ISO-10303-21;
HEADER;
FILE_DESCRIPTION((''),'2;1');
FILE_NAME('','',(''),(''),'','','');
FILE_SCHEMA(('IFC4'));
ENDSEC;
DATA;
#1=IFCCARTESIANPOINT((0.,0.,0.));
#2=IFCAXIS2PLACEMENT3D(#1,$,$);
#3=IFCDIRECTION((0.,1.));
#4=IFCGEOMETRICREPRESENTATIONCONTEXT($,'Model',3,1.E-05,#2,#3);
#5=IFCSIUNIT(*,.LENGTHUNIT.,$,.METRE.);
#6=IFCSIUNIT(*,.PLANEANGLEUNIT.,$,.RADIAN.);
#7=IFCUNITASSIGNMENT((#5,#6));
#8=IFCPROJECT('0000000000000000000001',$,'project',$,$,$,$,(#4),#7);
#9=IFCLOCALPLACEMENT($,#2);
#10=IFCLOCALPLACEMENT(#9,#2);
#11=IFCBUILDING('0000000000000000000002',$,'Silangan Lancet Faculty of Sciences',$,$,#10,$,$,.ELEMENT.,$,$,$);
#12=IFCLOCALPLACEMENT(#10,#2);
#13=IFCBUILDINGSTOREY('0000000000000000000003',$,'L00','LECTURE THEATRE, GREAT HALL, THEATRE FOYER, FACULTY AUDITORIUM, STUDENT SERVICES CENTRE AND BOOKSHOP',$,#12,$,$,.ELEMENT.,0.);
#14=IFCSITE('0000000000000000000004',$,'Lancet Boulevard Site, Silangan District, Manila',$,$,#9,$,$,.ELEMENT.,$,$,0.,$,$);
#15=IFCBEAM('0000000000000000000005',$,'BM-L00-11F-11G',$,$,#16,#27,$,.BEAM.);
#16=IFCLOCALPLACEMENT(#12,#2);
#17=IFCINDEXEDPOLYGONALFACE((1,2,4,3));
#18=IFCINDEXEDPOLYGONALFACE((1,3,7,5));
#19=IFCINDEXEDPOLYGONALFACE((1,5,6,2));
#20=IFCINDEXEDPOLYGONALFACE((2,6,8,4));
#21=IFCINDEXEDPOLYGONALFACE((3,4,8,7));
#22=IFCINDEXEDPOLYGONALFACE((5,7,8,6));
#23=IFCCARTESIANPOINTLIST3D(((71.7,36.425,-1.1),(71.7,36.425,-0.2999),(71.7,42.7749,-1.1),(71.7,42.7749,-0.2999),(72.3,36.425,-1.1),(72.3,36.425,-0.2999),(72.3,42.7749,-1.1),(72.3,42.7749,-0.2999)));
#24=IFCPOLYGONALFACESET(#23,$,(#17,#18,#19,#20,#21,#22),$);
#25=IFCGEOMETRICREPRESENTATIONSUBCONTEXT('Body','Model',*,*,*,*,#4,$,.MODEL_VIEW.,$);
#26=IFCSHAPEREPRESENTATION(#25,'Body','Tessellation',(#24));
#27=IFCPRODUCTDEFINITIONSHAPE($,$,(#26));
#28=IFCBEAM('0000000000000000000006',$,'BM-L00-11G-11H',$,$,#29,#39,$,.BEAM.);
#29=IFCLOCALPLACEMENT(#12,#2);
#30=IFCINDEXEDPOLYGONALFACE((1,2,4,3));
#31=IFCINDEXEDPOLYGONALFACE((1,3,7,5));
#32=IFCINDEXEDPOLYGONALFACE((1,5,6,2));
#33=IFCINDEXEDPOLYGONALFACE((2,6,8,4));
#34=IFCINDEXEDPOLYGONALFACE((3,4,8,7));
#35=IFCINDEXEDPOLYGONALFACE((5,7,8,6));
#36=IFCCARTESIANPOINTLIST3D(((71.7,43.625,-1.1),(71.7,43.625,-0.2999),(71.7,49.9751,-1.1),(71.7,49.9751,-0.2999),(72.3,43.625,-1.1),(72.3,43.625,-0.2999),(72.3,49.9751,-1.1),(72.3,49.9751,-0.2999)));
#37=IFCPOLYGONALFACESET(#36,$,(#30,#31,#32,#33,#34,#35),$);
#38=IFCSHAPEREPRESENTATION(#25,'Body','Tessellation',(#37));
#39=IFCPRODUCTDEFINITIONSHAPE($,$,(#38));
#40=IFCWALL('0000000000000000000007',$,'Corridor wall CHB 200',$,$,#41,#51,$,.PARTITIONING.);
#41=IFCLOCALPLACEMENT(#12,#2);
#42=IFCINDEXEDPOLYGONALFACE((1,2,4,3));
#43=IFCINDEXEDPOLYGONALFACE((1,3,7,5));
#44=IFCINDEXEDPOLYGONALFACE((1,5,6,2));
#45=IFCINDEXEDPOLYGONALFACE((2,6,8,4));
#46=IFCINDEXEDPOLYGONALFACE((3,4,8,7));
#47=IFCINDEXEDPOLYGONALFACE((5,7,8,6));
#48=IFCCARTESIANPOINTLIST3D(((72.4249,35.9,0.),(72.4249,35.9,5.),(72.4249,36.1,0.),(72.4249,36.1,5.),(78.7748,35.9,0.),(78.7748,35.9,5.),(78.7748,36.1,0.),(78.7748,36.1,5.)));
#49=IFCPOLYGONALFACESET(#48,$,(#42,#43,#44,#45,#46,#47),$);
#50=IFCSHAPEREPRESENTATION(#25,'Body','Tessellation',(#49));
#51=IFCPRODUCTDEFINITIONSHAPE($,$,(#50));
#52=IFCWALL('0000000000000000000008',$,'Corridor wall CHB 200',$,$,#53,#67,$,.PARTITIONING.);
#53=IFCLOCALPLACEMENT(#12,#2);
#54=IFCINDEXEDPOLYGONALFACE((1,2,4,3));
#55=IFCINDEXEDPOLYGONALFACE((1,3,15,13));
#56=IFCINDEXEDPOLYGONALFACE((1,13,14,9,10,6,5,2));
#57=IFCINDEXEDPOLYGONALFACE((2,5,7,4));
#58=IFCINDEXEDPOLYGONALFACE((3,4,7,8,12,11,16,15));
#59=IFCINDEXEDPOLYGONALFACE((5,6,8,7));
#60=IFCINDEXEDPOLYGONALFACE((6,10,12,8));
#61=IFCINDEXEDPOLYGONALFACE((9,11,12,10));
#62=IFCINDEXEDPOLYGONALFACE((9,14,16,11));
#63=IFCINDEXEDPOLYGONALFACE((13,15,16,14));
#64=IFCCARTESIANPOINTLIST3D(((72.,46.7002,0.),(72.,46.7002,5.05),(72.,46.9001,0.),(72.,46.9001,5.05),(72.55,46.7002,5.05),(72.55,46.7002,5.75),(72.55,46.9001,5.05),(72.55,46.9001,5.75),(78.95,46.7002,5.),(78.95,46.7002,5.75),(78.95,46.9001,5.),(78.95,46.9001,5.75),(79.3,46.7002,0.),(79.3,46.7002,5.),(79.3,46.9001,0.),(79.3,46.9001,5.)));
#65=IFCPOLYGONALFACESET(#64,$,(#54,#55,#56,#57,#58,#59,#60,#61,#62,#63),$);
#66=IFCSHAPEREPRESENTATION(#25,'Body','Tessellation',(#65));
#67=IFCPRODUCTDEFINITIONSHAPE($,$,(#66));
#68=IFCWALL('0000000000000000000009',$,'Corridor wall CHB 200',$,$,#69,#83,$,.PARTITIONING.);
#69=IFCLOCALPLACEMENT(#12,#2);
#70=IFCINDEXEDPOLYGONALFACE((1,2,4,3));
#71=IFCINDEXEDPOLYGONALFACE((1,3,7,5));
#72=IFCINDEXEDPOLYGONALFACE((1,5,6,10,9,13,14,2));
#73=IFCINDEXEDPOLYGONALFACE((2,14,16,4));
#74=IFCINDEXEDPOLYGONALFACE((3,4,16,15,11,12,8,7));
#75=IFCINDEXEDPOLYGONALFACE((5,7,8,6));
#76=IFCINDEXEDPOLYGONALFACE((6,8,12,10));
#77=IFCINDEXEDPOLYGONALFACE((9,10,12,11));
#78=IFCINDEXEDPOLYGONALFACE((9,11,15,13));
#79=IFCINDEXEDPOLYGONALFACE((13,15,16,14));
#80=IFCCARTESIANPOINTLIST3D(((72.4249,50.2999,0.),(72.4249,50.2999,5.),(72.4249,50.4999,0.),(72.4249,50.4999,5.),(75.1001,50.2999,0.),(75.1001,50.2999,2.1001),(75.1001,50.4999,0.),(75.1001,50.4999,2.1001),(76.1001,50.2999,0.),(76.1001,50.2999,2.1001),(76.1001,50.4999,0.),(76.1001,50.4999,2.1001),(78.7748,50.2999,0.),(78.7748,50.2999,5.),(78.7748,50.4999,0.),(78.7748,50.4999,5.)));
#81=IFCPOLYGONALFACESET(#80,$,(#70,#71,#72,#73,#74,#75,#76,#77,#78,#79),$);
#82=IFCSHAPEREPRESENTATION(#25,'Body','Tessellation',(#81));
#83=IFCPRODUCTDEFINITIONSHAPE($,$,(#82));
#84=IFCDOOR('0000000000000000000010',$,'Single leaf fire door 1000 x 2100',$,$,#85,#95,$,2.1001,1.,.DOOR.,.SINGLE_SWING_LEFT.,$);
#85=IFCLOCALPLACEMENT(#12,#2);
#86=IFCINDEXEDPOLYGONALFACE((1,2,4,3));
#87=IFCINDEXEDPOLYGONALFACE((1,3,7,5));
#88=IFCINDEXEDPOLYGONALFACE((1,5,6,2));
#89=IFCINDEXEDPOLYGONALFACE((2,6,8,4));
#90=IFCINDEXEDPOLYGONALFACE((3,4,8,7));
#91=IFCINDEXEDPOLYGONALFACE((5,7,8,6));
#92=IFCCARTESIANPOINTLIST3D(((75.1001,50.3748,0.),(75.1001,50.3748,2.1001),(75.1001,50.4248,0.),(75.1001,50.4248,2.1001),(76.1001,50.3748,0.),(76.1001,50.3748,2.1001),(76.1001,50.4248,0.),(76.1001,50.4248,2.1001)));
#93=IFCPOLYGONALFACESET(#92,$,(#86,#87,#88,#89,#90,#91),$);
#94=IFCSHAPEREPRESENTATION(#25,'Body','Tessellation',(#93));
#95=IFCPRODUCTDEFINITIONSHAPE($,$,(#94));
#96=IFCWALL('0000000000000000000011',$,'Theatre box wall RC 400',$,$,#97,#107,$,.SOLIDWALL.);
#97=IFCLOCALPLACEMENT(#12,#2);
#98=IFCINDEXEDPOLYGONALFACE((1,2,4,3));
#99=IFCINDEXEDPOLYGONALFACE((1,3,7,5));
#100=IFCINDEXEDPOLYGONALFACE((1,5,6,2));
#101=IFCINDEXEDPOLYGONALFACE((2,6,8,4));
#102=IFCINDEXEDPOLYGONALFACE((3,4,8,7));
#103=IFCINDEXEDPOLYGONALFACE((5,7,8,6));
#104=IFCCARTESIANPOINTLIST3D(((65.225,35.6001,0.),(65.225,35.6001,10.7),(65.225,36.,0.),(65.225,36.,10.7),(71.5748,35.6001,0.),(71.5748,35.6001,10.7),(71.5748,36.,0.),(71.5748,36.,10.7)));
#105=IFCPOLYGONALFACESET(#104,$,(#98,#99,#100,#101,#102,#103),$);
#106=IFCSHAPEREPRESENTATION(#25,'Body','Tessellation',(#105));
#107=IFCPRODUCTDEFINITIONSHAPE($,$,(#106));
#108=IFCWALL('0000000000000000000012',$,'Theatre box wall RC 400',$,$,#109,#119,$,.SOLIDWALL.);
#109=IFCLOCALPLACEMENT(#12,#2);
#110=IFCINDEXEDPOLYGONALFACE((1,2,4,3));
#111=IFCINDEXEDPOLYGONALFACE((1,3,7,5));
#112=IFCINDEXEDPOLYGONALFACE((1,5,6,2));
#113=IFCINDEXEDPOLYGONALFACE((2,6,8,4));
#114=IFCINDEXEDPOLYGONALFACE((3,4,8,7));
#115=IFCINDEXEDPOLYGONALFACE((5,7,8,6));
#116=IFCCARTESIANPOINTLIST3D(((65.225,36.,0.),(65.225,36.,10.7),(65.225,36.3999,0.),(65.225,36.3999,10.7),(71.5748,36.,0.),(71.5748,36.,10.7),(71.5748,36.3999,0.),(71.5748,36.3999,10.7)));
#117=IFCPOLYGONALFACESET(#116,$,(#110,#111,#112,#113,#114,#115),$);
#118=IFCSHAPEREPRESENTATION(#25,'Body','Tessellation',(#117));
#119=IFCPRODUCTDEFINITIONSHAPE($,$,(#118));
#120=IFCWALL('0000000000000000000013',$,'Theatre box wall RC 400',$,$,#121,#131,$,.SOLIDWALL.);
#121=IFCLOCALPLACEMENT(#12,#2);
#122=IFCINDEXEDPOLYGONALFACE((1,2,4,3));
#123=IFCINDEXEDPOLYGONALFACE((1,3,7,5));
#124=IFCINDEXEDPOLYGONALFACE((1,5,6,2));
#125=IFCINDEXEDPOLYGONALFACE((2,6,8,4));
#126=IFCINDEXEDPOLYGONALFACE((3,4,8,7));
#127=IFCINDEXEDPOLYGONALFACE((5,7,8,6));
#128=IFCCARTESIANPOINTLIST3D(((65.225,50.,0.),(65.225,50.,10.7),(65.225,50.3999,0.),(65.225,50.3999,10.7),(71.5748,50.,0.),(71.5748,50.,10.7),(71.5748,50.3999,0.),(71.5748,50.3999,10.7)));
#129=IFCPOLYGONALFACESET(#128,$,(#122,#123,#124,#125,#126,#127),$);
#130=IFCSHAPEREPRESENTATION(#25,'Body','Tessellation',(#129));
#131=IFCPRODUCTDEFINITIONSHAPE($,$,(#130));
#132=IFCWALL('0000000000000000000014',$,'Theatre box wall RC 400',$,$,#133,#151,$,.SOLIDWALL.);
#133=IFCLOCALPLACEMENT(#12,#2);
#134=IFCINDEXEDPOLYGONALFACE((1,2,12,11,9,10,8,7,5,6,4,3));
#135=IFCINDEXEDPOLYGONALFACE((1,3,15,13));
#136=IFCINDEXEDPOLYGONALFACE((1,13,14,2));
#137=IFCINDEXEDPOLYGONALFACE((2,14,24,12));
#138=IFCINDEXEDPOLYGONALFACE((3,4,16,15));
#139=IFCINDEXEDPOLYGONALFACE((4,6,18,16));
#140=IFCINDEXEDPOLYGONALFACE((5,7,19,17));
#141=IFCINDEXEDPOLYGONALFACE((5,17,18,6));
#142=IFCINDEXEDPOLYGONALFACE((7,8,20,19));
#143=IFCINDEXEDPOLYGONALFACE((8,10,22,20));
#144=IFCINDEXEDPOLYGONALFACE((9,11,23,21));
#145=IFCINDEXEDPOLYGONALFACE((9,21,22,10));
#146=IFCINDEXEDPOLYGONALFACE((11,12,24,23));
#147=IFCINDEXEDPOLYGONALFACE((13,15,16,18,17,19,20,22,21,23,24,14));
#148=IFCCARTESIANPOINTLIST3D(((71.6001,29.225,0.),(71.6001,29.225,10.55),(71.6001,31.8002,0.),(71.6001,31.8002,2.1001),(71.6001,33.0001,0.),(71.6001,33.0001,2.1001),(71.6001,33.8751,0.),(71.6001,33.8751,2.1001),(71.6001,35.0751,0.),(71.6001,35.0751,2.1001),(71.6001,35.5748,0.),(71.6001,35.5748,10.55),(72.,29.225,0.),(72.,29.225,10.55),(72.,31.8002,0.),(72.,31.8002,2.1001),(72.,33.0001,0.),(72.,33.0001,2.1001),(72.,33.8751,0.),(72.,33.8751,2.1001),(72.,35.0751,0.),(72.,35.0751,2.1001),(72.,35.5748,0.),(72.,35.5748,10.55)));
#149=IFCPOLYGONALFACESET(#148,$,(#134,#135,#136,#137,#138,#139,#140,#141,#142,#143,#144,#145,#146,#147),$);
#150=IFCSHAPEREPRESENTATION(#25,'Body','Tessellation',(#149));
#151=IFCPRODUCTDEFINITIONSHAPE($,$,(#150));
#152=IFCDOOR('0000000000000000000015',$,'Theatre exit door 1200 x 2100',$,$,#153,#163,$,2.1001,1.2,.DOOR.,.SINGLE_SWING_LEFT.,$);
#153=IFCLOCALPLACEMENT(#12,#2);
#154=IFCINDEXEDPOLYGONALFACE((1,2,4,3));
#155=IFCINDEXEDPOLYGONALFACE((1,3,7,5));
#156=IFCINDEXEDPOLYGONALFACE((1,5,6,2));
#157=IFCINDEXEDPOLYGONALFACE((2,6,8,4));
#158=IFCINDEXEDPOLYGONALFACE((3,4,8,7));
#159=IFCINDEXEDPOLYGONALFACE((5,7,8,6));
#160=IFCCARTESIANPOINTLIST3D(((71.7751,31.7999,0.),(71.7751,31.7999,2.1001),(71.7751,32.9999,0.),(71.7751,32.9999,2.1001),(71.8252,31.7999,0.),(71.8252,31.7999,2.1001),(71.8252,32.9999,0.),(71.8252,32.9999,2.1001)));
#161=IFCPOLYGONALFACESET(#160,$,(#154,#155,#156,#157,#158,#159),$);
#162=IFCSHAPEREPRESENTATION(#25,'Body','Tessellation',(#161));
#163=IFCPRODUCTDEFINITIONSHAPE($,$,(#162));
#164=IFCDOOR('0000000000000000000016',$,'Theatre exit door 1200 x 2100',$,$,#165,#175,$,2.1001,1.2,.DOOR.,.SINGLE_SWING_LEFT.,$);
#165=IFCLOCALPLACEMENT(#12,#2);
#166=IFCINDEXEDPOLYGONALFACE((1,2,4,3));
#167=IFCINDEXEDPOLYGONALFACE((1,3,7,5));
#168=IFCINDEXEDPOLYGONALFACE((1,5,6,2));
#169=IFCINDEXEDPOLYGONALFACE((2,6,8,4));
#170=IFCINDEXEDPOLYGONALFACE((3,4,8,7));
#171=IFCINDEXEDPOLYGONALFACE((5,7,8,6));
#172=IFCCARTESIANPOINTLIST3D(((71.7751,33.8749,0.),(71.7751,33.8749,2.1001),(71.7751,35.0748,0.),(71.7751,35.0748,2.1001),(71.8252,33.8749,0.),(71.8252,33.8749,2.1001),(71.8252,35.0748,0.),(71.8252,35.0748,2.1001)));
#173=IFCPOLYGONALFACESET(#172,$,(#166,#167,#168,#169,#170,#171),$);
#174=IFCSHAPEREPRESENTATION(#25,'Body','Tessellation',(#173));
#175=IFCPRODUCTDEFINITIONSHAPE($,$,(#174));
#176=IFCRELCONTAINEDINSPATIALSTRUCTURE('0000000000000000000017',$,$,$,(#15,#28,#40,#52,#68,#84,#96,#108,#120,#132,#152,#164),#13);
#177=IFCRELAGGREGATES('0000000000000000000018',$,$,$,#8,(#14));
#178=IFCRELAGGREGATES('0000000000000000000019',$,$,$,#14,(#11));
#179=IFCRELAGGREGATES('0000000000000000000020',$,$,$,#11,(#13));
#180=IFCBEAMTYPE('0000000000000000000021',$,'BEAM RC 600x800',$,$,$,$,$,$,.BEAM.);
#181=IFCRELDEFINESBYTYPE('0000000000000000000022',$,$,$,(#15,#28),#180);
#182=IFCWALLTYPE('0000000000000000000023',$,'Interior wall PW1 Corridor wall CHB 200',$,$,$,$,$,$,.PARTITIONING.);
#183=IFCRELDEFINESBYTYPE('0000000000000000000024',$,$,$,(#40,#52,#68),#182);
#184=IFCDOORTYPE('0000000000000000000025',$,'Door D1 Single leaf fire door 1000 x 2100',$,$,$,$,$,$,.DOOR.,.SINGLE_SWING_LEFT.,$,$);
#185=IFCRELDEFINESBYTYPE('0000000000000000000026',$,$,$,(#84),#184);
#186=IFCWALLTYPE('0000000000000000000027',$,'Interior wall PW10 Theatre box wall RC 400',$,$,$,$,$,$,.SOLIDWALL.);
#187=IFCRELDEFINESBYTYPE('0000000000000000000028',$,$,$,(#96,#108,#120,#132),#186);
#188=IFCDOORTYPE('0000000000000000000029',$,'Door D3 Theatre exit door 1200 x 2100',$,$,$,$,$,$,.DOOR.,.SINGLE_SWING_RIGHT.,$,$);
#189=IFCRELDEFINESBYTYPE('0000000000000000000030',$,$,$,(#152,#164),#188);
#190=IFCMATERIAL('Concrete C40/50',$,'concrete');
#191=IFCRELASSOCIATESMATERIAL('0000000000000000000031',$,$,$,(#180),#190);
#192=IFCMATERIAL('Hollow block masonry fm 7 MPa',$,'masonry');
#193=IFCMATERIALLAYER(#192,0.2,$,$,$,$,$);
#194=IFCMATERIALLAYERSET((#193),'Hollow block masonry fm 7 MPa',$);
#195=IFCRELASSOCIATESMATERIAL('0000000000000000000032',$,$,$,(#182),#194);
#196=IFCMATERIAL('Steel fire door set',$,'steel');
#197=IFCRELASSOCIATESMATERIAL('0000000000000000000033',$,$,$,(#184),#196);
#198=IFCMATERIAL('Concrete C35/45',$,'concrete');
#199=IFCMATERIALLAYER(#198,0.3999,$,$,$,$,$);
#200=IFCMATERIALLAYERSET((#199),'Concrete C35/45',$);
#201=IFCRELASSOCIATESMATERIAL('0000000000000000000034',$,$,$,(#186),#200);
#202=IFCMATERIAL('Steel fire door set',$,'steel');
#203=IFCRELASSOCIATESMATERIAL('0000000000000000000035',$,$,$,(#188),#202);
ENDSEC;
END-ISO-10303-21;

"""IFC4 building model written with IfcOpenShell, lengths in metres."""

from ifc_helpers import new_model, si_unit, direction, frame, frame_2d, origin, origin_2d, place, context, subcontext, project, spatial, polyline, rectangle, outline, extrude, material, layer, layer_set, material_profile, profile_set, type_object, element, fill, save


model = new_model("IFC4")

# Units and contexts
model_context = context("Model", 3, precision=1e-05, world=origin(), true_north=direction((0.0, 1.0)))
body_context = subcontext(model_context, "Body", "Model", "MODEL_VIEW")
ifc_project = project(units=[si_unit("LENGTHUNIT", "METRE"), si_unit("PLANEANGLEUNIT", "RADIAN")], contexts=[model_context])

# Site, building, storey
site_placement = place(None, origin())
site = spatial("IfcSite", under=ifc_project, at=site_placement, Name="Lancet Boulevard Site, Silangan District, Manila", CompositionType="ELEMENT", RefElevation=0.0)
building_placement = place(site_placement, origin())
building = spatial("IfcBuilding", under=site, at=building_placement, Name="Silangan Lancet Faculty of Sciences", CompositionType="ELEMENT")
storey_placement = place(building_placement, origin())
storey = spatial("IfcBuildingStorey", under=building, at=storey_placement, Name="L00", Description="LECTURE THEATRE, GREAT HALL, THEATRE FOYER, FACULTY AUDITORIUM, STUDENT SERVICES CENTRE AND BOOKSHOP", CompositionType="ELEMENT", Elevation=0.0)

# Beams
ifc_material_1 = material(Name="Concrete C40/50", Category="concrete")
ifc_material_profile_1 = material_profile(ifc_material_1, rectangle(XDim=0.6001, YDim=0.8, at=origin_2d()), Name="RC 600x800")
ifc_profile_set_1 = profile_set([ifc_material_profile_1], Name="Concrete C40/50")
beam_type = type_object("IfcBeamType", Name="BEAM RC 600x800", PredefinedType="BEAM", material=ifc_profile_set_1)
for number, where, z_axis, x_axis, name in (
    (1, (72.0, 36.425, -0.7), (0.0, 1.0, 0.0), (-1.0, 0.0, 0.0), "BM-L00-11F-11G"),
):
    element("IfcBeam", number, at=place(storey_placement, frame(where, z_axis=z_axis, x_axis=x_axis)), inside=storey, type_object=beam_type, Name=name, PredefinedType="BEAM", context=body_context, shape_type="SweptSolid", body=[
        extrude(rectangle(XDim=0.6001, YDim=0.8, at=origin_2d()), origin(), (0.0, 0.0, 1.0), 6.3499),
    ])
beam_placement = place(storey_placement, frame((72.0, 43.625, -0.7), z_axis=(0.0, 1.0, 0.0), x_axis=(-1.0, 0.0, 0.0)))
element("IfcBeam", 2, at=beam_placement, inside=storey, type_object=beam_type, Name="BM-L00-11G-11H", PredefinedType="BEAM", context=body_context, shape_type="SweptSolid", body=[
    extrude(rectangle(XDim=0.6001, YDim=0.8, at=origin_2d()), origin(), (0.0, 0.0, 1.0), 6.3501),
])

# Walls
ifc_material_2 = material(Name="Hollow block masonry fm 7 MPa", Category="masonry")
ifc_layer_1 = layer(ifc_material_2, 0.2)
ifc_layer_set_1 = layer_set([ifc_layer_1], Name="Hollow block masonry fm 7 MPa")
wall_type_1 = type_object("IfcWallType", Name="Interior wall PW1 Corridor wall CHB 200", PredefinedType="PARTITIONING", material=ifc_layer_set_1)
wall_1_placement = place(storey_placement, frame((72.425, 36.0, 0.0), z_axis=(0.0, 0.0, 1.0), x_axis=(1.0, 0.0, 0.0)))
element("IfcWall", 3, at=wall_1_placement, inside=storey, type_object=wall_type_1, Name="Corridor wall CHB 200", PredefinedType="PARTITIONING", context=body_context, shape_type="SweptSolid", body=[
    extrude(rectangle(XDim=6.3499, YDim=0.2, at=frame_2d((3.1748, 0.0))), origin(), (0.0, 0.0, 1.0), 5.0),
])
wall_2_placement = place(storey_placement, frame((72.0, 46.8, 0.0), z_axis=(0.0, 0.0, 1.0), x_axis=(1.0, 0.0, 0.0)))
element("IfcWall", 4, at=wall_2_placement, inside=storey, type_object=wall_type_1, Name="Corridor wall CHB 200", PredefinedType="PARTITIONING", context=body_context, shape_type="SweptSolid", body=[
    extrude(outline(polyline([(0.0, 0.0), (7.3, 0.0), (7.3, 5.0), (6.95, 5.0), (6.95, 5.75), (0.55, 5.75), (0.55, 5.05), (0.0, 5.05), (0.0, 0.0)])), frame((0.0, 0.1001, 0.0), z_axis=(0.0, -1.0, 0.0), x_axis=(1.0, 0.0, 0.0)), (0.0, 0.0, 1.0), 0.2),
])

# Wall, opening, door
wall_3_placement = place(storey_placement, frame((72.425, 50.3999, 0.0), z_axis=(0.0, 0.0, 1.0), x_axis=(1.0, 0.0, 0.0)))
wall_3 = element("IfcWall", 5, at=wall_3_placement, inside=storey, type_object=wall_type_1, Name="Corridor wall CHB 200", PredefinedType="PARTITIONING", context=body_context, shape_type="SweptSolid", body=[
    extrude(rectangle(XDim=6.3499, YDim=0.2, at=frame_2d((3.1748, 0.0))), origin(), (0.0, 0.0, 1.0), 5.0),
])
opening_1_placement = place(wall_3_placement, frame((2.675, 0.0, 0.0)))
opening_1 = element("IfcOpeningElement", 6, at=opening_1_placement, cuts=wall_3, PredefinedType="OPENING", context=body_context, shape_type="SweptSolid", body=[
    extrude(rectangle(XDim=1.0, YDim=2.1001, at=frame_2d((0.5, 1.05))), frame((0.0, 0.1099, 0.0), z_axis=(0.0, -1.0, 0.0), x_axis=(1.0, 0.0, 0.0)), (0.0, 0.0, 1.0), 0.22),
])
ifc_material_3 = material(Name="Steel fire door set", Category="steel")
door_type_1 = type_object("IfcDoorType", Name="Door D1 Single leaf fire door 1000 x 2100", OperationType="SINGLE_SWING_LEFT", PredefinedType="DOOR", material=ifc_material_3)
door_1_placement = place(opening_1_placement, origin())
door_1 = element("IfcDoor", 7, at=door_1_placement, inside=storey, type_object=door_type_1, Name="Single leaf fire door 1000 x 2100", OperationType="SINGLE_SWING_LEFT", OverallHeight=2.1001, OverallWidth=1.0, PredefinedType="DOOR", context=body_context, shape_type="SweptSolid", body=[
    extrude(rectangle(XDim=1.0, YDim=2.1001, at=frame_2d((0.5, 1.05))), frame((0.0, 0.0249, 0.0), z_axis=(0.0, -1.0, 0.0), x_axis=(1.0, 0.0, 0.0)), (0.0, 0.0, 1.0), 0.05),
])
fill(opening_1, door_1)

# Walls
ifc_material_4 = material(Name="Concrete C35/45", Category="concrete")
ifc_layer_2 = layer(ifc_material_4, 0.3999)
ifc_layer_set_2 = layer_set([ifc_layer_2], Name="Concrete C35/45")
wall_type_2 = type_object("IfcWallType", Name="Interior wall PW10 Theatre box wall RC 400", PredefinedType="SOLIDWALL", material=ifc_layer_set_2)
for number, where, z_axis, x_axis, name in (
    (8, (65.2251, 35.8, 0.0), (0.0, 0.0, 1.0), (1.0, 0.0, 0.0), "Theatre box wall RC 400"),
    (9, (65.2251, 36.2, 0.0), (0.0, 0.0, 1.0), (1.0, 0.0, 0.0), "Theatre box wall RC 400"),
    (10, (65.2251, 50.2, 0.0), (0.0, 0.0, 1.0), (1.0, 0.0, 0.0), "Theatre box wall RC 400"),
):
    element("IfcWall", number, at=place(storey_placement, frame(where, z_axis=z_axis, x_axis=x_axis)), inside=storey, type_object=wall_type_2, Name=name, PredefinedType="SOLIDWALL", context=body_context, shape_type="SweptSolid", body=[
        extrude(rectangle(XDim=6.3499, YDim=0.3999, at=frame_2d((3.1748, 0.0))), origin(), (0.0, 0.0, 1.0), 10.7),
    ])

# Wall, openings, doors
wall_4_placement = place(storey_placement, frame((71.8, 29.2251, 0.0), z_axis=(0.0, 0.0, 1.0), x_axis=(0.0, 1.0, 0.0)))
wall_4 = element("IfcWall", 11, at=wall_4_placement, inside=storey, type_object=wall_type_2, Name="Theatre box wall RC 400", PredefinedType="SOLIDWALL", context=body_context, shape_type="SweptSolid", body=[
    extrude(rectangle(XDim=6.3499, YDim=0.3999, at=frame_2d((3.1748, 0.0))), origin(), (0.0, 0.0, 1.0), 10.55),
])
opening_2_placement = place(wall_4_placement, frame((2.575, 0.0, 0.0)))
opening_2 = element("IfcOpeningElement", 12, at=opening_2_placement, cuts=wall_4, PredefinedType="OPENING", context=body_context, shape_type="SweptSolid", body=[
    extrude(rectangle(XDim=1.2, YDim=2.1001, at=frame_2d((0.6001, 1.05))), frame((0.0, 0.21, 0.0), z_axis=(0.0, -1.0, 0.0), x_axis=(1.0, 0.0, 0.0)), (0.0, 0.0, 1.0), 0.4199),
])
opening_3_placement = place(wall_4_placement, frame((4.6499, 0.0, 0.0)))
opening_3 = element("IfcOpeningElement", 13, at=opening_3_placement, cuts=wall_4, PredefinedType="OPENING", context=body_context, shape_type="SweptSolid", body=[
    extrude(rectangle(XDim=1.2, YDim=2.1001, at=frame_2d((0.6001, 1.05))), frame((0.0, 0.21, 0.0), z_axis=(0.0, -1.0, 0.0), x_axis=(1.0, 0.0, 0.0)), (0.0, 0.0, 1.0), 0.4199),
])
ifc_material_5 = material(Name="Steel fire door set", Category="steel")
door_type_2 = type_object("IfcDoorType", Name="Door D3 Theatre exit door 1200 x 2100", OperationType="SINGLE_SWING_RIGHT", PredefinedType="DOOR", material=ifc_material_5)
door_2_placement = place(opening_2_placement, frame((1.2, 0.0, 0.0), z_axis=(0.0, 0.0, 1.0), x_axis=(-1.0, 0.0, 0.0)))
door_2 = element("IfcDoor", 14, at=door_2_placement, inside=storey, type_object=door_type_2, Name="Theatre exit door 1200 x 2100", OperationType="SINGLE_SWING_LEFT", OverallHeight=2.1001, OverallWidth=1.2, PredefinedType="DOOR", context=body_context, shape_type="SweptSolid", body=[
    extrude(rectangle(XDim=1.2, YDim=2.1001, at=frame_2d((0.6001, 1.05))), frame((0.0, 0.0251, 0.0), z_axis=(0.0, -1.0, 0.0), x_axis=(1.0, 0.0, 0.0)), (0.0, 0.0, 1.0), 0.05),
])
fill(opening_2, door_2)
door_3_placement = place(opening_3_placement, frame((1.2, 0.0, 0.0), z_axis=(0.0, 0.0, 1.0), x_axis=(-1.0, 0.0, 0.0)))
door_3 = element("IfcDoor", 15, at=door_3_placement, inside=storey, type_object=door_type_2, Name="Theatre exit door 1200 x 2100", OperationType="SINGLE_SWING_LEFT", OverallHeight=2.1001, OverallWidth=1.2, PredefinedType="DOOR", context=body_context, shape_type="SweptSolid", body=[
    extrude(rectangle(XDim=1.2, YDim=2.1001, at=frame_2d((0.6001, 1.05))), frame((0.0, 0.0251, 0.0), z_axis=(0.0, -1.0, 0.0), x_axis=(1.0, 0.0, 0.0)), (0.0, 0.0, 1.0), 0.05),
])
fill(opening_3, door_3)

save(model, "model.ifc")
